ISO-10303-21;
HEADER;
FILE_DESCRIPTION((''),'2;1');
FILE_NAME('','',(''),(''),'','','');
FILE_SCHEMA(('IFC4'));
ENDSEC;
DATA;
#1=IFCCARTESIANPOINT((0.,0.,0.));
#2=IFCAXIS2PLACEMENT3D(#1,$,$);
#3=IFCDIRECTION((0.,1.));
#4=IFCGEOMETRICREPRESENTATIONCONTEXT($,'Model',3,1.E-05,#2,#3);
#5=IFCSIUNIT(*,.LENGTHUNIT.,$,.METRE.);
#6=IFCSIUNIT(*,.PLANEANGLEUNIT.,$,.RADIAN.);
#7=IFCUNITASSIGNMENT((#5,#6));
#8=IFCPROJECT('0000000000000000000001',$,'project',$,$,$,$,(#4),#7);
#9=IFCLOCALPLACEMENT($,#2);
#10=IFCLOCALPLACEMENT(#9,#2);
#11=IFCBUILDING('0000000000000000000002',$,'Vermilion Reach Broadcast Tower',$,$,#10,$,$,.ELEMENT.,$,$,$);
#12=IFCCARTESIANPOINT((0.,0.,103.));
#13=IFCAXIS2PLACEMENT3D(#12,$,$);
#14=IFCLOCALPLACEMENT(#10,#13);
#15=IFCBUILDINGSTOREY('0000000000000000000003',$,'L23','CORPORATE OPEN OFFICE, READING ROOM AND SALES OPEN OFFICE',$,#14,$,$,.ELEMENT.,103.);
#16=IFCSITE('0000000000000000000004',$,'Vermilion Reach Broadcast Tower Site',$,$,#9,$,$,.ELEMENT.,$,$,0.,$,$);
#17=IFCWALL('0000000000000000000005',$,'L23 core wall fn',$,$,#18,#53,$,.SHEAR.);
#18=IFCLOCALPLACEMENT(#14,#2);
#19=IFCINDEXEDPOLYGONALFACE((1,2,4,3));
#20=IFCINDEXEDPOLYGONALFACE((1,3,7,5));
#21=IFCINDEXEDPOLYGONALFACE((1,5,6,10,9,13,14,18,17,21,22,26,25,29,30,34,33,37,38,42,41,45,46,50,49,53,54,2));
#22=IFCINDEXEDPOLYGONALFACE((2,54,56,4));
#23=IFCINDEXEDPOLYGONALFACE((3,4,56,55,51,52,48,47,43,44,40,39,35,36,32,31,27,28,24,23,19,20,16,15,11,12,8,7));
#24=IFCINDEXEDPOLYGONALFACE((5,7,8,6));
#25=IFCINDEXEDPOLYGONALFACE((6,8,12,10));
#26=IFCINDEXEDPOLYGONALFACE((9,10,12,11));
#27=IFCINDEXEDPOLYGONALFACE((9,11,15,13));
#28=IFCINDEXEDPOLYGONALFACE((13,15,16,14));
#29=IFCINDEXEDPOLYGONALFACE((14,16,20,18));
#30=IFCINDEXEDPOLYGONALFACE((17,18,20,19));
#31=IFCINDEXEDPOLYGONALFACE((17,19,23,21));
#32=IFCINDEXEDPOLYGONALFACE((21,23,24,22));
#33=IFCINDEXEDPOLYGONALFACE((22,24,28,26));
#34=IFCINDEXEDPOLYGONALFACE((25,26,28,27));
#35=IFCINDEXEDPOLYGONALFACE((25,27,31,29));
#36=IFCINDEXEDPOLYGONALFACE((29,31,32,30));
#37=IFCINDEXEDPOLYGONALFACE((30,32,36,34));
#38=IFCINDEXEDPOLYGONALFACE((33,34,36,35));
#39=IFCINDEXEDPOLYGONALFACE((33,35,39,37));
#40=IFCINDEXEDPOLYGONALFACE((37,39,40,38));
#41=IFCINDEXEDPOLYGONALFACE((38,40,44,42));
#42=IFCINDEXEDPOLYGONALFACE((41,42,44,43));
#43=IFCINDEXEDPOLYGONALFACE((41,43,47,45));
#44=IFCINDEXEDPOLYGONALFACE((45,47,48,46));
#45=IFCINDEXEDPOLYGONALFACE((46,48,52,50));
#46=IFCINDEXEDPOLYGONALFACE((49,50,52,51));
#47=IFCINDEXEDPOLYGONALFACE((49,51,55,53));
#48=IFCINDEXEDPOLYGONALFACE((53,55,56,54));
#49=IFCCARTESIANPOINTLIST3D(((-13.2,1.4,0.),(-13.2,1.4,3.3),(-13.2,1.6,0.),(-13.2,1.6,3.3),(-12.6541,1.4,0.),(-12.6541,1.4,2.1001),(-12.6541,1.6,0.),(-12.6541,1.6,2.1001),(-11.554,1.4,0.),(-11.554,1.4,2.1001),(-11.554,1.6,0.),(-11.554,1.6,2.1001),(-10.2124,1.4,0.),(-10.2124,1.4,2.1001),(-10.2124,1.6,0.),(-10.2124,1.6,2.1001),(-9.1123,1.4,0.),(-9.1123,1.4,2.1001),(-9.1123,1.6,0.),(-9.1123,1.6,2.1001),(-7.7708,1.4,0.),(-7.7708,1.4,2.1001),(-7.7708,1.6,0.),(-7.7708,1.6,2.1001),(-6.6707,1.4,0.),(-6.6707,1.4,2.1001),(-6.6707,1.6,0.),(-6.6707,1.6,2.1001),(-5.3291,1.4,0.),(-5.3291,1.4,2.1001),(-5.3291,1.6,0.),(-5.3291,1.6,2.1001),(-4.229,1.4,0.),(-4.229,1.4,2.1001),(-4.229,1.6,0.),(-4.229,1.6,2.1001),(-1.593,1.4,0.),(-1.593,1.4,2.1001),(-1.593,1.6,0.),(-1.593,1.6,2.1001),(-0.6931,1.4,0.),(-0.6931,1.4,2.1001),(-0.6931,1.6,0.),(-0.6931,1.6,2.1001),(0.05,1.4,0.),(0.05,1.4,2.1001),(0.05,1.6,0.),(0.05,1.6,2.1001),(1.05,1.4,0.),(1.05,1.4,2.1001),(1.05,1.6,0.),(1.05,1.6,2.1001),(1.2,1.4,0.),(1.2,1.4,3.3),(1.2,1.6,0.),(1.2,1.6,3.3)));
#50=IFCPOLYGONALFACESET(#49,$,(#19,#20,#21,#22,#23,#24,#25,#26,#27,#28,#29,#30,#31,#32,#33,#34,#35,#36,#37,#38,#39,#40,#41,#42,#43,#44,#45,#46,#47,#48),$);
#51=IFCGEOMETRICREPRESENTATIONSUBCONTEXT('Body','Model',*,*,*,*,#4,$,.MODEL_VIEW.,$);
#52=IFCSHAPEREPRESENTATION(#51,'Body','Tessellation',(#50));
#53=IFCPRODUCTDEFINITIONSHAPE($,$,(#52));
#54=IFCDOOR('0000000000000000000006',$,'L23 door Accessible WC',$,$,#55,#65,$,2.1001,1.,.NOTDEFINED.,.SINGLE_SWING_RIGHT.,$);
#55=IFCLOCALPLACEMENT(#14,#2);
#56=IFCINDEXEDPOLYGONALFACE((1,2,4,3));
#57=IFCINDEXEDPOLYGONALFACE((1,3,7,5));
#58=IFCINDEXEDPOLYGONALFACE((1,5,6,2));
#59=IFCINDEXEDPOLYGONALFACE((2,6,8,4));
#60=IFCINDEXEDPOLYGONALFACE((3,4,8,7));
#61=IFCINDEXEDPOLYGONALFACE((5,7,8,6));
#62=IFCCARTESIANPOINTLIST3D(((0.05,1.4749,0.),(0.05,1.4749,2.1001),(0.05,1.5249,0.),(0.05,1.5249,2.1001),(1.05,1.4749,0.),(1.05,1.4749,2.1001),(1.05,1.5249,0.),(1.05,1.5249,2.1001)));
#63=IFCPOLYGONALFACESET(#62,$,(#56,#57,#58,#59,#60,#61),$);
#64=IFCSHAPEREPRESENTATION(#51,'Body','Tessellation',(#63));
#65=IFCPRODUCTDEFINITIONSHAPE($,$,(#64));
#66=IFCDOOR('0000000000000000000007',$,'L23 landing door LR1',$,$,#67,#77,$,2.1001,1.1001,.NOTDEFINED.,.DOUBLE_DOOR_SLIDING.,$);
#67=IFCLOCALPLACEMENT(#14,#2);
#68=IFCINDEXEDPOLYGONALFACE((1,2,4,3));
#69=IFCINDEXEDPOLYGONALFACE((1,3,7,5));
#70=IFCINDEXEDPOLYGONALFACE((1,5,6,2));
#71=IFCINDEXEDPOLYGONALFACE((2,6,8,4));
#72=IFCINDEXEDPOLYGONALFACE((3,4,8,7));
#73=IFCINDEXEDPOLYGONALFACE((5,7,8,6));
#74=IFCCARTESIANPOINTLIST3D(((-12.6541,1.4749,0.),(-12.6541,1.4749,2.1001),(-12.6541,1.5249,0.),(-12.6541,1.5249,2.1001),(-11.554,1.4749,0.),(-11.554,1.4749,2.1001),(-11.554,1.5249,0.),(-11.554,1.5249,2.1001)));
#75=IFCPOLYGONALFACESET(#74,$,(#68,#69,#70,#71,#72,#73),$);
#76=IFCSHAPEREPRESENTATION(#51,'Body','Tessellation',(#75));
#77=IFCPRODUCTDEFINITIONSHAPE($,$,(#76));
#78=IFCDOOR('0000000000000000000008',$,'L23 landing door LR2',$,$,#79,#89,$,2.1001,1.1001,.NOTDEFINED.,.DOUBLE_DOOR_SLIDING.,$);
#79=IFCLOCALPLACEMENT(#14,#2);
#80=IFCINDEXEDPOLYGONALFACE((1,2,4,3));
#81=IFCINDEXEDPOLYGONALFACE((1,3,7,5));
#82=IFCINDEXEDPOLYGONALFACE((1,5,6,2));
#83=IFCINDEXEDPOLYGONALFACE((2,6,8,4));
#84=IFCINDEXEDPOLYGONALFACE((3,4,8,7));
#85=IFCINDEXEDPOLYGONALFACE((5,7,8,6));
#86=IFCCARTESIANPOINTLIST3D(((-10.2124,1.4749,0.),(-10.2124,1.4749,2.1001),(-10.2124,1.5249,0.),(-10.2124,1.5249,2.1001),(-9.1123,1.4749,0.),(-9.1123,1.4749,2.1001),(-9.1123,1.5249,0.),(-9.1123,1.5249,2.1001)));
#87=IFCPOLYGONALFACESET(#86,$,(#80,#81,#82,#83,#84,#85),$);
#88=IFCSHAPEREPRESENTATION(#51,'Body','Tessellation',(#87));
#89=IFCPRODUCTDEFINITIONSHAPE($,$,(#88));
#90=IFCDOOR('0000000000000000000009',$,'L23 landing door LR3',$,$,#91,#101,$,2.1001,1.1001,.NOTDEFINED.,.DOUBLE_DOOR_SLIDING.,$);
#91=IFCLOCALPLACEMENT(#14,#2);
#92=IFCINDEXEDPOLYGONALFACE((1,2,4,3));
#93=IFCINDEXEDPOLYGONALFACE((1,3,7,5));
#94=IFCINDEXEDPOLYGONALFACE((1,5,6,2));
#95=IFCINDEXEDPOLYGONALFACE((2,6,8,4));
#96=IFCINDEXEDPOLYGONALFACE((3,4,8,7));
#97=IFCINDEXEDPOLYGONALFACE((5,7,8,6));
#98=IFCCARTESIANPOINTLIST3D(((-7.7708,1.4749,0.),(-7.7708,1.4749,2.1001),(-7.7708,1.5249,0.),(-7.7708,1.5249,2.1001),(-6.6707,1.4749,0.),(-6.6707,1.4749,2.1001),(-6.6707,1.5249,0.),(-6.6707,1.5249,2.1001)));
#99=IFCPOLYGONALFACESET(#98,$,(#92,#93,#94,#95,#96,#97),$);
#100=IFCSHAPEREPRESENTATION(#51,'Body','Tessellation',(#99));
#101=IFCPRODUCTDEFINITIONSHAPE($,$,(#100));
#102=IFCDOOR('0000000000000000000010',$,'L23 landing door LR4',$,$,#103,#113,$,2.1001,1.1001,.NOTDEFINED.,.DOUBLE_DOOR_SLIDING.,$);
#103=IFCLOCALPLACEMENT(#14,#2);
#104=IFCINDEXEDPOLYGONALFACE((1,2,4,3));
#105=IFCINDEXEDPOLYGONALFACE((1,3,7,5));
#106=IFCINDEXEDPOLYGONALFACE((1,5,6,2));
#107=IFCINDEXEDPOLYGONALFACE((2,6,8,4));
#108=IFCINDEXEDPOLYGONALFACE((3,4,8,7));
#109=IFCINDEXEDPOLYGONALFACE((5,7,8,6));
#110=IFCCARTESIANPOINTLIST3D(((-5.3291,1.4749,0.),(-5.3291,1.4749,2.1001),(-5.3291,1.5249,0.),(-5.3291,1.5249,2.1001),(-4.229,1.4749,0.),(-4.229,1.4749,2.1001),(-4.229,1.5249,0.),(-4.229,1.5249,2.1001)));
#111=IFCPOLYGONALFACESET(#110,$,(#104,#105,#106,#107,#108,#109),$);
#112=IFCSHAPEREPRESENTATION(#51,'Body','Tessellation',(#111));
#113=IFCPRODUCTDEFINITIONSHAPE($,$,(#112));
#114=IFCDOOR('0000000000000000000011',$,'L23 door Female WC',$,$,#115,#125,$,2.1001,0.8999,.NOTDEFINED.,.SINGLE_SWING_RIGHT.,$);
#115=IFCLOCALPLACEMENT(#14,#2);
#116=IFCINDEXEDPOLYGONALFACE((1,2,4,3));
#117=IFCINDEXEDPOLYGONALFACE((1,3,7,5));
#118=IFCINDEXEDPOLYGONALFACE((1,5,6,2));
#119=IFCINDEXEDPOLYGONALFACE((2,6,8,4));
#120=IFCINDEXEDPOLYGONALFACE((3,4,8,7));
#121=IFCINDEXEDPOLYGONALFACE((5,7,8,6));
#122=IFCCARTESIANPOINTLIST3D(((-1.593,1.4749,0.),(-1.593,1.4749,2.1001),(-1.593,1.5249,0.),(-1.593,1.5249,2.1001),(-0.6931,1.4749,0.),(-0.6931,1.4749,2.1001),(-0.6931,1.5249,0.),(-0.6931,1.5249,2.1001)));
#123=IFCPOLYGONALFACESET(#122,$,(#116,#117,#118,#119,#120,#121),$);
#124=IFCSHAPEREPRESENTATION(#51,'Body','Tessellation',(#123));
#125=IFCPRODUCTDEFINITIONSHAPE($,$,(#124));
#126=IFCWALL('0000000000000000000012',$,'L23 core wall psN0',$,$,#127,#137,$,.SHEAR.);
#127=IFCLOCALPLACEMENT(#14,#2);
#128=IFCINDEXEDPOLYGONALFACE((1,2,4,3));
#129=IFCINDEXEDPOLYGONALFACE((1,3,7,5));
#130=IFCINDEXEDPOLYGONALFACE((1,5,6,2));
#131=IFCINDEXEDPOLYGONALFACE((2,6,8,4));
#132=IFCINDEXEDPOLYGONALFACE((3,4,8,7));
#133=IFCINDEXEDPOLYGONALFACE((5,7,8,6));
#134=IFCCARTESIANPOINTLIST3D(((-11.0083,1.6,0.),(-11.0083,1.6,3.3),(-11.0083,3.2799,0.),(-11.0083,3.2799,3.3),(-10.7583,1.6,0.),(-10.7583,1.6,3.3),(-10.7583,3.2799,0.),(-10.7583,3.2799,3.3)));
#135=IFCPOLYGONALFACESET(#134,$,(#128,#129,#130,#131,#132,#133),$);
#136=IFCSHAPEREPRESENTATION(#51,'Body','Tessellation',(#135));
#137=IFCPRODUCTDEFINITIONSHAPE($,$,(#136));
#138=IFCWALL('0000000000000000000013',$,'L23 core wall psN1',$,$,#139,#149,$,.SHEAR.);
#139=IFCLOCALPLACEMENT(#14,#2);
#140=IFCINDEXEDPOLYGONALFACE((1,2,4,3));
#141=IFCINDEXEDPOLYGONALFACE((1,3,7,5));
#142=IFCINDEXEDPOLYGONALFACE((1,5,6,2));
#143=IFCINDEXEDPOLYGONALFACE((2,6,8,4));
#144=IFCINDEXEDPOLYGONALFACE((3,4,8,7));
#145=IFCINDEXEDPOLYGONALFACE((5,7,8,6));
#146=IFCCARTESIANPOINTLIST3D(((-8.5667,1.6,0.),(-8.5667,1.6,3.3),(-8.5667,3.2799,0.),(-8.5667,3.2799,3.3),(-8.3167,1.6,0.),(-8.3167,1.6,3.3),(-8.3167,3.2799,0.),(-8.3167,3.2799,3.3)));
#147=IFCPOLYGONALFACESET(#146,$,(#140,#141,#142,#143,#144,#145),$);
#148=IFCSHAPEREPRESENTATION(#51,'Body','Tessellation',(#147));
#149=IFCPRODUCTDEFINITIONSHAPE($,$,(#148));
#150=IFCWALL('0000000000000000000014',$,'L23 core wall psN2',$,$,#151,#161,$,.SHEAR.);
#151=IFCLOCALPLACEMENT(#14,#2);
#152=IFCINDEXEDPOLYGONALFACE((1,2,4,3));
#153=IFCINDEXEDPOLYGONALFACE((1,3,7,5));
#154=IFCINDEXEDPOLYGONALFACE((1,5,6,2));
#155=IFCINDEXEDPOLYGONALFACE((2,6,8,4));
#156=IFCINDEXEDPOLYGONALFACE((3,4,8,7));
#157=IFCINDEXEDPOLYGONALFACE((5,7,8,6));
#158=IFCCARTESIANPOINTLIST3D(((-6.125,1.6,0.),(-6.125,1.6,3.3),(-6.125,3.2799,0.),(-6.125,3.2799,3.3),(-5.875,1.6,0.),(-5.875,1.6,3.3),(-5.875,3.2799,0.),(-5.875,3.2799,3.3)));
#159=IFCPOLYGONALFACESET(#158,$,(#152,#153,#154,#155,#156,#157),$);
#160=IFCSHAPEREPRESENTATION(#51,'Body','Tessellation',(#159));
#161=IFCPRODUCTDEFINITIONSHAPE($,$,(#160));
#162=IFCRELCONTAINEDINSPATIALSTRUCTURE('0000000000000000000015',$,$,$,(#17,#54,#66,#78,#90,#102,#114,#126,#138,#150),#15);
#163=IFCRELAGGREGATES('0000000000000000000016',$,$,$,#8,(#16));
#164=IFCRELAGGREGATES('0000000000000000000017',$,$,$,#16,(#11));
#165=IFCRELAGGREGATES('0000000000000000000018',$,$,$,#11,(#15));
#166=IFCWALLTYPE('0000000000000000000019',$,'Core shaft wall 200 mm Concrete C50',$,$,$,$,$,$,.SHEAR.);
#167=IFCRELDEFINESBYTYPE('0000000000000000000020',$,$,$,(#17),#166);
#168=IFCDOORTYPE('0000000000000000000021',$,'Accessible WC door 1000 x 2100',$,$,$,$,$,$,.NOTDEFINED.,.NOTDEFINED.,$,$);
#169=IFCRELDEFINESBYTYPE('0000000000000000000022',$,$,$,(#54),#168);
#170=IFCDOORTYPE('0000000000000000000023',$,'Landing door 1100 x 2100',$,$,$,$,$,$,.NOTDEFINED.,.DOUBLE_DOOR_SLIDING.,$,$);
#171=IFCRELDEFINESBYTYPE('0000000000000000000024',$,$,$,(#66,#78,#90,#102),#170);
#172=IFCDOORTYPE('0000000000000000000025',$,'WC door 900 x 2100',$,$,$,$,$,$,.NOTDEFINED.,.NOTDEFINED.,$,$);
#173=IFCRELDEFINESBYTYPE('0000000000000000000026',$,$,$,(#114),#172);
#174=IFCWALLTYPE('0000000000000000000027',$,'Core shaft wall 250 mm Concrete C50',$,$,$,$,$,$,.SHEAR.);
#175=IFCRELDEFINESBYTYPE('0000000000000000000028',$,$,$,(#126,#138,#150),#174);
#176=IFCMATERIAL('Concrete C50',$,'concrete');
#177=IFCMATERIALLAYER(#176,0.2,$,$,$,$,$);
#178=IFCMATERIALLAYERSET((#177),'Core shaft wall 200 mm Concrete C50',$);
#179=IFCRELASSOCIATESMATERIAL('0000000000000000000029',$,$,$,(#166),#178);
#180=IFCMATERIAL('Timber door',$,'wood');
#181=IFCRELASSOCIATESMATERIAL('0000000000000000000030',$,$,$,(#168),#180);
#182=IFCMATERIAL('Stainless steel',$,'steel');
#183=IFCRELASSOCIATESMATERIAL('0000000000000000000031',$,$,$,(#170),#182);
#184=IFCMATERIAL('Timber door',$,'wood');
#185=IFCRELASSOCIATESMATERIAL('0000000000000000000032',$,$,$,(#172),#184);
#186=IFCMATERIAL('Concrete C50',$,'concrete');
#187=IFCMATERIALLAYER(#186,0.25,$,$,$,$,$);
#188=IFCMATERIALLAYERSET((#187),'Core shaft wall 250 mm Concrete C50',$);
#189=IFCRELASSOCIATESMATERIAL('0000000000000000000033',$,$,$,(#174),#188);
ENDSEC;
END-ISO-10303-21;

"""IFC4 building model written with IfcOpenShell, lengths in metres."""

from ifc_helpers import new_model, si_unit, direction, frame, frame_2d, origin, place, context, subcontext, project, spatial, rectangle, extrude, material, layer, layer_set, type_object, element, fill, save


model = new_model("IFC4")

# Units and contexts
model_context = context("Model", 3, precision=1e-05, world=origin(), true_north=direction((0.0, 1.0)))
body_context = subcontext(model_context, "Body", "Model", "MODEL_VIEW")
ifc_project = project(units=[si_unit("LENGTHUNIT", "METRE"), si_unit("PLANEANGLEUNIT", "RADIAN")], contexts=[model_context])

# Site, building, storey
site_placement = place(None, origin())
site = spatial("IfcSite", under=ifc_project, at=site_placement, Name="Vermilion Reach Broadcast Tower Site", CompositionType="ELEMENT", RefElevation=0.0)
building_placement = place(site_placement, origin())
building = spatial("IfcBuilding", under=site, at=building_placement, Name="Vermilion Reach Broadcast Tower", CompositionType="ELEMENT")
storey_placement = place(building_placement, frame((0.0, 0.0, 103.0)))
storey = spatial("IfcBuildingStorey", under=building, at=storey_placement, Name="L23", Description="CORPORATE OPEN OFFICE, READING ROOM AND SALES OPEN OFFICE", CompositionType="ELEMENT", Elevation=103.0)

# Wall, openings, doors
ifc_material_1 = material(Name="Concrete C50", Category="concrete")
ifc_layer_1 = layer(ifc_material_1, 0.2)
ifc_layer_set_1 = layer_set([ifc_layer_1], Name="Core shaft wall 200 mm Concrete C50")
wall_type_1 = type_object("IfcWallType", Name="Core shaft wall 200 mm Concrete C50", PredefinedType="SHEAR", material=ifc_layer_set_1)
wall_1_placement = place(storey_placement, frame((-13.2, 1.5, 0.0), z_axis=(0.0, 0.0, 1.0), x_axis=(1.0, 0.0, 0.0)))
wall_1 = element("IfcWall", 1, at=wall_1_placement, inside=storey, type_object=wall_type_1, Name="L23 core wall fn", PredefinedType="SHEAR", context=body_context, shape_type="SweptSolid", body=[
    extrude(rectangle(XDim=14.3999, YDim=0.2, at=frame_2d((7.2, 0.0))), origin(), (0.0, 0.0, 1.0), 3.3),
])
opening_1_placement = place(wall_1_placement, frame((0.5459, 0.0, 0.0)))
opening_1 = element("IfcOpeningElement", 2, at=opening_1_placement, cuts=wall_1, PredefinedType="OPENING", context=body_context, shape_type="SweptSolid", body=[
    extrude(rectangle(XDim=1.1001, YDim=2.1001, at=frame_2d((0.55, 1.05))), frame((0.0, 0.1099, 0.0), z_axis=(0.0, -1.0, 0.0), x_axis=(1.0, 0.0, 0.0)), (0.0, 0.0, 1.0), 0.22),
])
opening_2_placement = place(wall_1_placement, frame((2.9875, 0.0, 0.0)))
opening_2 = element("IfcOpeningElement", 3, at=opening_2_placement, cuts=wall_1, PredefinedType="OPENING", context=body_context, shape_type="SweptSolid", body=[
    extrude(rectangle(XDim=1.1001, YDim=2.1001, at=frame_2d((0.55, 1.05))), frame((0.0, 0.1099, 0.0), z_axis=(0.0, -1.0, 0.0), x_axis=(1.0, 0.0, 0.0)), (0.0, 0.0, 1.0), 0.22),
])
opening_3_placement = place(wall_1_placement, frame((5.4292, 0.0, 0.0)))
opening_3 = element("IfcOpeningElement", 4, at=opening_3_placement, cuts=wall_1, PredefinedType="OPENING", context=body_context, shape_type="SweptSolid", body=[
    extrude(rectangle(XDim=1.1001, YDim=2.1001, at=frame_2d((0.55, 1.05))), frame((0.0, 0.1099, 0.0), z_axis=(0.0, -1.0, 0.0), x_axis=(1.0, 0.0, 0.0)), (0.0, 0.0, 1.0), 0.22),
])
opening_4_placement = place(wall_1_placement, frame((7.8708, 0.0, 0.0)))
opening_4 = element("IfcOpeningElement", 5, at=opening_4_placement, cuts=wall_1, PredefinedType="OPENING", context=body_context, shape_type="SweptSolid", body=[
    extrude(rectangle(XDim=1.1001, YDim=2.1001, at=frame_2d((0.55, 1.05))), frame((0.0, 0.1099, 0.0), z_axis=(0.0, -1.0, 0.0), x_axis=(1.0, 0.0, 0.0)), (0.0, 0.0, 1.0), 0.22),
])
opening_5_placement = place(wall_1_placement, frame((11.6069, 0.0, 0.0)))
opening_5 = element("IfcOpeningElement", 6, at=opening_5_placement, cuts=wall_1, PredefinedType="OPENING", context=body_context, shape_type="SweptSolid", body=[
    extrude(rectangle(XDim=0.8999, YDim=2.1001, at=frame_2d((0.45, 1.05))), frame((0.0, 0.1099, 0.0), z_axis=(0.0, -1.0, 0.0), x_axis=(1.0, 0.0, 0.0)), (0.0, 0.0, 1.0), 0.22),
])
opening_6_placement = place(wall_1_placement, frame((13.25, 0.0, 0.0)))
opening_6 = element("IfcOpeningElement", 7, at=opening_6_placement, cuts=wall_1, PredefinedType="OPENING", context=body_context, shape_type="SweptSolid", body=[
    extrude(rectangle(XDim=1.0, YDim=2.1001, at=frame_2d((0.5, 1.05))), frame((0.0, 0.1099, 0.0), z_axis=(0.0, -1.0, 0.0), x_axis=(1.0, 0.0, 0.0)), (0.0, 0.0, 1.0), 0.22),
])
ifc_material_2 = material(Name="Timber door", Category="wood")
door_type_1 = type_object("IfcDoorType", Name="Accessible WC door 1000 x 2100", OperationType="NOTDEFINED", PredefinedType="NOTDEFINED", material=ifc_material_2)
door_1_placement = place(opening_6_placement, origin())
door_1 = element("IfcDoor", 8, at=door_1_placement, inside=storey, type_object=door_type_1, Name="L23 door Accessible WC", OperationType="SINGLE_SWING_RIGHT", OverallHeight=2.1001, OverallWidth=1.0, PredefinedType="NOTDEFINED", context=body_context, shape_type="SweptSolid", body=[
    extrude(rectangle(XDim=1.0, YDim=2.1001, at=frame_2d((0.5, 1.05))), frame((0.0, 0.0249, 0.0), z_axis=(0.0, -1.0, 0.0), x_axis=(1.0, 0.0, 0.0)), (0.0, 0.0, 1.0), 0.05),
])
fill(opening_6, door_1)
ifc_material_3 = material(Name="Stainless steel", Category="steel")
door_type_2 = type_object("IfcDoorType", Name="Landing door 1100 x 2100", OperationType="DOUBLE_DOOR_SLIDING", PredefinedType="NOTDEFINED", material=ifc_material_3)
door_2_placement = place(opening_1_placement, origin())
door_2 = element("IfcDoor", 9, at=door_2_placement, inside=storey, type_object=door_type_2, Name="L23 landing door LR1", OperationType="DOUBLE_DOOR_SLIDING", OverallHeight=2.1001, OverallWidth=1.1001, PredefinedType="NOTDEFINED", context=body_context, shape_type="SweptSolid", body=[
    extrude(rectangle(XDim=1.1001, YDim=2.1001, at=frame_2d((0.55, 1.05))), frame((0.0, 0.0249, 0.0), z_axis=(0.0, -1.0, 0.0), x_axis=(1.0, 0.0, 0.0)), (0.0, 0.0, 1.0), 0.05),
])
fill(opening_1, door_2)
door_3_placement = place(opening_2_placement, origin())
door_3 = element("IfcDoor", 10, at=door_3_placement, inside=storey, type_object=door_type_2, Name="L23 landing door LR2", OperationType="DOUBLE_DOOR_SLIDING", OverallHeight=2.1001, OverallWidth=1.1001, PredefinedType="NOTDEFINED", context=body_context, shape_type="SweptSolid", body=[
    extrude(rectangle(XDim=1.1001, YDim=2.1001, at=frame_2d((0.55, 1.05))), frame((0.0, 0.0249, 0.0), z_axis=(0.0, -1.0, 0.0), x_axis=(1.0, 0.0, 0.0)), (0.0, 0.0, 1.0), 0.05),
])
fill(opening_2, door_3)
door_4_placement = place(opening_3_placement, origin())
door_4 = element("IfcDoor", 11, at=door_4_placement, inside=storey, type_object=door_type_2, Name="L23 landing door LR3", OperationType="DOUBLE_DOOR_SLIDING", OverallHeight=2.1001, OverallWidth=1.1001, PredefinedType="NOTDEFINED", context=body_context, shape_type="SweptSolid", body=[
    extrude(rectangle(XDim=1.1001, YDim=2.1001, at=frame_2d((0.55, 1.05))), frame((0.0, 0.0249, 0.0), z_axis=(0.0, -1.0, 0.0), x_axis=(1.0, 0.0, 0.0)), (0.0, 0.0, 1.0), 0.05),
])
fill(opening_3, door_4)
door_5_placement = place(opening_4_placement, origin())
door_5 = element("IfcDoor", 12, at=door_5_placement, inside=storey, type_object=door_type_2, Name="L23 landing door LR4", OperationType="DOUBLE_DOOR_SLIDING", OverallHeight=2.1001, OverallWidth=1.1001, PredefinedType="NOTDEFINED", context=body_context, shape_type="SweptSolid", body=[
    extrude(rectangle(XDim=1.1001, YDim=2.1001, at=frame_2d((0.55, 1.05))), frame((0.0, 0.0249, 0.0), z_axis=(0.0, -1.0, 0.0), x_axis=(1.0, 0.0, 0.0)), (0.0, 0.0, 1.0), 0.05),
])
fill(opening_4, door_5)
ifc_material_4 = material(Name="Timber door", Category="wood")
door_type_3 = type_object("IfcDoorType", Name="WC door 900 x 2100", OperationType="NOTDEFINED", PredefinedType="NOTDEFINED", material=ifc_material_4)
door_6_placement = place(opening_5_placement, origin())
door_6 = element("IfcDoor", 13, at=door_6_placement, inside=storey, type_object=door_type_3, Name="L23 door Female WC", OperationType="SINGLE_SWING_RIGHT", OverallHeight=2.1001, OverallWidth=0.8999, PredefinedType="NOTDEFINED", context=body_context, shape_type="SweptSolid", body=[
    extrude(rectangle(XDim=0.8999, YDim=2.1001, at=frame_2d((0.45, 1.05))), frame((0.0, 0.0249, 0.0), z_axis=(0.0, -1.0, 0.0), x_axis=(1.0, 0.0, 0.0)), (0.0, 0.0, 1.0), 0.05),
])
fill(opening_5, door_6)

# Walls
ifc_material_5 = material(Name="Concrete C50", Category="concrete")
ifc_layer_2 = layer(ifc_material_5, 0.25)
ifc_layer_set_2 = layer_set([ifc_layer_2], Name="Core shaft wall 250 mm Concrete C50")
wall_type_2 = type_object("IfcWallType", Name="Core shaft wall 250 mm Concrete C50", PredefinedType="SHEAR", material=ifc_layer_set_2)
for number, where, z_axis, x_axis, name in (
    (14, (-10.8833, 1.6001, 0.0), (0.0, 0.0, 1.0), (0.0, 1.0, 0.0), "L23 core wall psN0"),
    (15, (-8.4417, 1.6001, 0.0), (0.0, 0.0, 1.0), (0.0, 1.0, 0.0), "L23 core wall psN1"),
    (16, (-6.0, 1.6001, 0.0), (0.0, 0.0, 1.0), (0.0, 1.0, 0.0), "L23 core wall psN2"),
):
    element("IfcWall", number, at=place(storey_placement, frame(where, z_axis=z_axis, x_axis=x_axis)), inside=storey, type_object=wall_type_2, Name=name, PredefinedType="SHEAR", context=body_context, shape_type="SweptSolid", body=[
        extrude(rectangle(XDim=1.6799, YDim=0.25, at=frame_2d((0.8398, 0.0))), origin(), (0.0, 0.0, 1.0), 3.3),
    ])

save(model, "model.ifc")
